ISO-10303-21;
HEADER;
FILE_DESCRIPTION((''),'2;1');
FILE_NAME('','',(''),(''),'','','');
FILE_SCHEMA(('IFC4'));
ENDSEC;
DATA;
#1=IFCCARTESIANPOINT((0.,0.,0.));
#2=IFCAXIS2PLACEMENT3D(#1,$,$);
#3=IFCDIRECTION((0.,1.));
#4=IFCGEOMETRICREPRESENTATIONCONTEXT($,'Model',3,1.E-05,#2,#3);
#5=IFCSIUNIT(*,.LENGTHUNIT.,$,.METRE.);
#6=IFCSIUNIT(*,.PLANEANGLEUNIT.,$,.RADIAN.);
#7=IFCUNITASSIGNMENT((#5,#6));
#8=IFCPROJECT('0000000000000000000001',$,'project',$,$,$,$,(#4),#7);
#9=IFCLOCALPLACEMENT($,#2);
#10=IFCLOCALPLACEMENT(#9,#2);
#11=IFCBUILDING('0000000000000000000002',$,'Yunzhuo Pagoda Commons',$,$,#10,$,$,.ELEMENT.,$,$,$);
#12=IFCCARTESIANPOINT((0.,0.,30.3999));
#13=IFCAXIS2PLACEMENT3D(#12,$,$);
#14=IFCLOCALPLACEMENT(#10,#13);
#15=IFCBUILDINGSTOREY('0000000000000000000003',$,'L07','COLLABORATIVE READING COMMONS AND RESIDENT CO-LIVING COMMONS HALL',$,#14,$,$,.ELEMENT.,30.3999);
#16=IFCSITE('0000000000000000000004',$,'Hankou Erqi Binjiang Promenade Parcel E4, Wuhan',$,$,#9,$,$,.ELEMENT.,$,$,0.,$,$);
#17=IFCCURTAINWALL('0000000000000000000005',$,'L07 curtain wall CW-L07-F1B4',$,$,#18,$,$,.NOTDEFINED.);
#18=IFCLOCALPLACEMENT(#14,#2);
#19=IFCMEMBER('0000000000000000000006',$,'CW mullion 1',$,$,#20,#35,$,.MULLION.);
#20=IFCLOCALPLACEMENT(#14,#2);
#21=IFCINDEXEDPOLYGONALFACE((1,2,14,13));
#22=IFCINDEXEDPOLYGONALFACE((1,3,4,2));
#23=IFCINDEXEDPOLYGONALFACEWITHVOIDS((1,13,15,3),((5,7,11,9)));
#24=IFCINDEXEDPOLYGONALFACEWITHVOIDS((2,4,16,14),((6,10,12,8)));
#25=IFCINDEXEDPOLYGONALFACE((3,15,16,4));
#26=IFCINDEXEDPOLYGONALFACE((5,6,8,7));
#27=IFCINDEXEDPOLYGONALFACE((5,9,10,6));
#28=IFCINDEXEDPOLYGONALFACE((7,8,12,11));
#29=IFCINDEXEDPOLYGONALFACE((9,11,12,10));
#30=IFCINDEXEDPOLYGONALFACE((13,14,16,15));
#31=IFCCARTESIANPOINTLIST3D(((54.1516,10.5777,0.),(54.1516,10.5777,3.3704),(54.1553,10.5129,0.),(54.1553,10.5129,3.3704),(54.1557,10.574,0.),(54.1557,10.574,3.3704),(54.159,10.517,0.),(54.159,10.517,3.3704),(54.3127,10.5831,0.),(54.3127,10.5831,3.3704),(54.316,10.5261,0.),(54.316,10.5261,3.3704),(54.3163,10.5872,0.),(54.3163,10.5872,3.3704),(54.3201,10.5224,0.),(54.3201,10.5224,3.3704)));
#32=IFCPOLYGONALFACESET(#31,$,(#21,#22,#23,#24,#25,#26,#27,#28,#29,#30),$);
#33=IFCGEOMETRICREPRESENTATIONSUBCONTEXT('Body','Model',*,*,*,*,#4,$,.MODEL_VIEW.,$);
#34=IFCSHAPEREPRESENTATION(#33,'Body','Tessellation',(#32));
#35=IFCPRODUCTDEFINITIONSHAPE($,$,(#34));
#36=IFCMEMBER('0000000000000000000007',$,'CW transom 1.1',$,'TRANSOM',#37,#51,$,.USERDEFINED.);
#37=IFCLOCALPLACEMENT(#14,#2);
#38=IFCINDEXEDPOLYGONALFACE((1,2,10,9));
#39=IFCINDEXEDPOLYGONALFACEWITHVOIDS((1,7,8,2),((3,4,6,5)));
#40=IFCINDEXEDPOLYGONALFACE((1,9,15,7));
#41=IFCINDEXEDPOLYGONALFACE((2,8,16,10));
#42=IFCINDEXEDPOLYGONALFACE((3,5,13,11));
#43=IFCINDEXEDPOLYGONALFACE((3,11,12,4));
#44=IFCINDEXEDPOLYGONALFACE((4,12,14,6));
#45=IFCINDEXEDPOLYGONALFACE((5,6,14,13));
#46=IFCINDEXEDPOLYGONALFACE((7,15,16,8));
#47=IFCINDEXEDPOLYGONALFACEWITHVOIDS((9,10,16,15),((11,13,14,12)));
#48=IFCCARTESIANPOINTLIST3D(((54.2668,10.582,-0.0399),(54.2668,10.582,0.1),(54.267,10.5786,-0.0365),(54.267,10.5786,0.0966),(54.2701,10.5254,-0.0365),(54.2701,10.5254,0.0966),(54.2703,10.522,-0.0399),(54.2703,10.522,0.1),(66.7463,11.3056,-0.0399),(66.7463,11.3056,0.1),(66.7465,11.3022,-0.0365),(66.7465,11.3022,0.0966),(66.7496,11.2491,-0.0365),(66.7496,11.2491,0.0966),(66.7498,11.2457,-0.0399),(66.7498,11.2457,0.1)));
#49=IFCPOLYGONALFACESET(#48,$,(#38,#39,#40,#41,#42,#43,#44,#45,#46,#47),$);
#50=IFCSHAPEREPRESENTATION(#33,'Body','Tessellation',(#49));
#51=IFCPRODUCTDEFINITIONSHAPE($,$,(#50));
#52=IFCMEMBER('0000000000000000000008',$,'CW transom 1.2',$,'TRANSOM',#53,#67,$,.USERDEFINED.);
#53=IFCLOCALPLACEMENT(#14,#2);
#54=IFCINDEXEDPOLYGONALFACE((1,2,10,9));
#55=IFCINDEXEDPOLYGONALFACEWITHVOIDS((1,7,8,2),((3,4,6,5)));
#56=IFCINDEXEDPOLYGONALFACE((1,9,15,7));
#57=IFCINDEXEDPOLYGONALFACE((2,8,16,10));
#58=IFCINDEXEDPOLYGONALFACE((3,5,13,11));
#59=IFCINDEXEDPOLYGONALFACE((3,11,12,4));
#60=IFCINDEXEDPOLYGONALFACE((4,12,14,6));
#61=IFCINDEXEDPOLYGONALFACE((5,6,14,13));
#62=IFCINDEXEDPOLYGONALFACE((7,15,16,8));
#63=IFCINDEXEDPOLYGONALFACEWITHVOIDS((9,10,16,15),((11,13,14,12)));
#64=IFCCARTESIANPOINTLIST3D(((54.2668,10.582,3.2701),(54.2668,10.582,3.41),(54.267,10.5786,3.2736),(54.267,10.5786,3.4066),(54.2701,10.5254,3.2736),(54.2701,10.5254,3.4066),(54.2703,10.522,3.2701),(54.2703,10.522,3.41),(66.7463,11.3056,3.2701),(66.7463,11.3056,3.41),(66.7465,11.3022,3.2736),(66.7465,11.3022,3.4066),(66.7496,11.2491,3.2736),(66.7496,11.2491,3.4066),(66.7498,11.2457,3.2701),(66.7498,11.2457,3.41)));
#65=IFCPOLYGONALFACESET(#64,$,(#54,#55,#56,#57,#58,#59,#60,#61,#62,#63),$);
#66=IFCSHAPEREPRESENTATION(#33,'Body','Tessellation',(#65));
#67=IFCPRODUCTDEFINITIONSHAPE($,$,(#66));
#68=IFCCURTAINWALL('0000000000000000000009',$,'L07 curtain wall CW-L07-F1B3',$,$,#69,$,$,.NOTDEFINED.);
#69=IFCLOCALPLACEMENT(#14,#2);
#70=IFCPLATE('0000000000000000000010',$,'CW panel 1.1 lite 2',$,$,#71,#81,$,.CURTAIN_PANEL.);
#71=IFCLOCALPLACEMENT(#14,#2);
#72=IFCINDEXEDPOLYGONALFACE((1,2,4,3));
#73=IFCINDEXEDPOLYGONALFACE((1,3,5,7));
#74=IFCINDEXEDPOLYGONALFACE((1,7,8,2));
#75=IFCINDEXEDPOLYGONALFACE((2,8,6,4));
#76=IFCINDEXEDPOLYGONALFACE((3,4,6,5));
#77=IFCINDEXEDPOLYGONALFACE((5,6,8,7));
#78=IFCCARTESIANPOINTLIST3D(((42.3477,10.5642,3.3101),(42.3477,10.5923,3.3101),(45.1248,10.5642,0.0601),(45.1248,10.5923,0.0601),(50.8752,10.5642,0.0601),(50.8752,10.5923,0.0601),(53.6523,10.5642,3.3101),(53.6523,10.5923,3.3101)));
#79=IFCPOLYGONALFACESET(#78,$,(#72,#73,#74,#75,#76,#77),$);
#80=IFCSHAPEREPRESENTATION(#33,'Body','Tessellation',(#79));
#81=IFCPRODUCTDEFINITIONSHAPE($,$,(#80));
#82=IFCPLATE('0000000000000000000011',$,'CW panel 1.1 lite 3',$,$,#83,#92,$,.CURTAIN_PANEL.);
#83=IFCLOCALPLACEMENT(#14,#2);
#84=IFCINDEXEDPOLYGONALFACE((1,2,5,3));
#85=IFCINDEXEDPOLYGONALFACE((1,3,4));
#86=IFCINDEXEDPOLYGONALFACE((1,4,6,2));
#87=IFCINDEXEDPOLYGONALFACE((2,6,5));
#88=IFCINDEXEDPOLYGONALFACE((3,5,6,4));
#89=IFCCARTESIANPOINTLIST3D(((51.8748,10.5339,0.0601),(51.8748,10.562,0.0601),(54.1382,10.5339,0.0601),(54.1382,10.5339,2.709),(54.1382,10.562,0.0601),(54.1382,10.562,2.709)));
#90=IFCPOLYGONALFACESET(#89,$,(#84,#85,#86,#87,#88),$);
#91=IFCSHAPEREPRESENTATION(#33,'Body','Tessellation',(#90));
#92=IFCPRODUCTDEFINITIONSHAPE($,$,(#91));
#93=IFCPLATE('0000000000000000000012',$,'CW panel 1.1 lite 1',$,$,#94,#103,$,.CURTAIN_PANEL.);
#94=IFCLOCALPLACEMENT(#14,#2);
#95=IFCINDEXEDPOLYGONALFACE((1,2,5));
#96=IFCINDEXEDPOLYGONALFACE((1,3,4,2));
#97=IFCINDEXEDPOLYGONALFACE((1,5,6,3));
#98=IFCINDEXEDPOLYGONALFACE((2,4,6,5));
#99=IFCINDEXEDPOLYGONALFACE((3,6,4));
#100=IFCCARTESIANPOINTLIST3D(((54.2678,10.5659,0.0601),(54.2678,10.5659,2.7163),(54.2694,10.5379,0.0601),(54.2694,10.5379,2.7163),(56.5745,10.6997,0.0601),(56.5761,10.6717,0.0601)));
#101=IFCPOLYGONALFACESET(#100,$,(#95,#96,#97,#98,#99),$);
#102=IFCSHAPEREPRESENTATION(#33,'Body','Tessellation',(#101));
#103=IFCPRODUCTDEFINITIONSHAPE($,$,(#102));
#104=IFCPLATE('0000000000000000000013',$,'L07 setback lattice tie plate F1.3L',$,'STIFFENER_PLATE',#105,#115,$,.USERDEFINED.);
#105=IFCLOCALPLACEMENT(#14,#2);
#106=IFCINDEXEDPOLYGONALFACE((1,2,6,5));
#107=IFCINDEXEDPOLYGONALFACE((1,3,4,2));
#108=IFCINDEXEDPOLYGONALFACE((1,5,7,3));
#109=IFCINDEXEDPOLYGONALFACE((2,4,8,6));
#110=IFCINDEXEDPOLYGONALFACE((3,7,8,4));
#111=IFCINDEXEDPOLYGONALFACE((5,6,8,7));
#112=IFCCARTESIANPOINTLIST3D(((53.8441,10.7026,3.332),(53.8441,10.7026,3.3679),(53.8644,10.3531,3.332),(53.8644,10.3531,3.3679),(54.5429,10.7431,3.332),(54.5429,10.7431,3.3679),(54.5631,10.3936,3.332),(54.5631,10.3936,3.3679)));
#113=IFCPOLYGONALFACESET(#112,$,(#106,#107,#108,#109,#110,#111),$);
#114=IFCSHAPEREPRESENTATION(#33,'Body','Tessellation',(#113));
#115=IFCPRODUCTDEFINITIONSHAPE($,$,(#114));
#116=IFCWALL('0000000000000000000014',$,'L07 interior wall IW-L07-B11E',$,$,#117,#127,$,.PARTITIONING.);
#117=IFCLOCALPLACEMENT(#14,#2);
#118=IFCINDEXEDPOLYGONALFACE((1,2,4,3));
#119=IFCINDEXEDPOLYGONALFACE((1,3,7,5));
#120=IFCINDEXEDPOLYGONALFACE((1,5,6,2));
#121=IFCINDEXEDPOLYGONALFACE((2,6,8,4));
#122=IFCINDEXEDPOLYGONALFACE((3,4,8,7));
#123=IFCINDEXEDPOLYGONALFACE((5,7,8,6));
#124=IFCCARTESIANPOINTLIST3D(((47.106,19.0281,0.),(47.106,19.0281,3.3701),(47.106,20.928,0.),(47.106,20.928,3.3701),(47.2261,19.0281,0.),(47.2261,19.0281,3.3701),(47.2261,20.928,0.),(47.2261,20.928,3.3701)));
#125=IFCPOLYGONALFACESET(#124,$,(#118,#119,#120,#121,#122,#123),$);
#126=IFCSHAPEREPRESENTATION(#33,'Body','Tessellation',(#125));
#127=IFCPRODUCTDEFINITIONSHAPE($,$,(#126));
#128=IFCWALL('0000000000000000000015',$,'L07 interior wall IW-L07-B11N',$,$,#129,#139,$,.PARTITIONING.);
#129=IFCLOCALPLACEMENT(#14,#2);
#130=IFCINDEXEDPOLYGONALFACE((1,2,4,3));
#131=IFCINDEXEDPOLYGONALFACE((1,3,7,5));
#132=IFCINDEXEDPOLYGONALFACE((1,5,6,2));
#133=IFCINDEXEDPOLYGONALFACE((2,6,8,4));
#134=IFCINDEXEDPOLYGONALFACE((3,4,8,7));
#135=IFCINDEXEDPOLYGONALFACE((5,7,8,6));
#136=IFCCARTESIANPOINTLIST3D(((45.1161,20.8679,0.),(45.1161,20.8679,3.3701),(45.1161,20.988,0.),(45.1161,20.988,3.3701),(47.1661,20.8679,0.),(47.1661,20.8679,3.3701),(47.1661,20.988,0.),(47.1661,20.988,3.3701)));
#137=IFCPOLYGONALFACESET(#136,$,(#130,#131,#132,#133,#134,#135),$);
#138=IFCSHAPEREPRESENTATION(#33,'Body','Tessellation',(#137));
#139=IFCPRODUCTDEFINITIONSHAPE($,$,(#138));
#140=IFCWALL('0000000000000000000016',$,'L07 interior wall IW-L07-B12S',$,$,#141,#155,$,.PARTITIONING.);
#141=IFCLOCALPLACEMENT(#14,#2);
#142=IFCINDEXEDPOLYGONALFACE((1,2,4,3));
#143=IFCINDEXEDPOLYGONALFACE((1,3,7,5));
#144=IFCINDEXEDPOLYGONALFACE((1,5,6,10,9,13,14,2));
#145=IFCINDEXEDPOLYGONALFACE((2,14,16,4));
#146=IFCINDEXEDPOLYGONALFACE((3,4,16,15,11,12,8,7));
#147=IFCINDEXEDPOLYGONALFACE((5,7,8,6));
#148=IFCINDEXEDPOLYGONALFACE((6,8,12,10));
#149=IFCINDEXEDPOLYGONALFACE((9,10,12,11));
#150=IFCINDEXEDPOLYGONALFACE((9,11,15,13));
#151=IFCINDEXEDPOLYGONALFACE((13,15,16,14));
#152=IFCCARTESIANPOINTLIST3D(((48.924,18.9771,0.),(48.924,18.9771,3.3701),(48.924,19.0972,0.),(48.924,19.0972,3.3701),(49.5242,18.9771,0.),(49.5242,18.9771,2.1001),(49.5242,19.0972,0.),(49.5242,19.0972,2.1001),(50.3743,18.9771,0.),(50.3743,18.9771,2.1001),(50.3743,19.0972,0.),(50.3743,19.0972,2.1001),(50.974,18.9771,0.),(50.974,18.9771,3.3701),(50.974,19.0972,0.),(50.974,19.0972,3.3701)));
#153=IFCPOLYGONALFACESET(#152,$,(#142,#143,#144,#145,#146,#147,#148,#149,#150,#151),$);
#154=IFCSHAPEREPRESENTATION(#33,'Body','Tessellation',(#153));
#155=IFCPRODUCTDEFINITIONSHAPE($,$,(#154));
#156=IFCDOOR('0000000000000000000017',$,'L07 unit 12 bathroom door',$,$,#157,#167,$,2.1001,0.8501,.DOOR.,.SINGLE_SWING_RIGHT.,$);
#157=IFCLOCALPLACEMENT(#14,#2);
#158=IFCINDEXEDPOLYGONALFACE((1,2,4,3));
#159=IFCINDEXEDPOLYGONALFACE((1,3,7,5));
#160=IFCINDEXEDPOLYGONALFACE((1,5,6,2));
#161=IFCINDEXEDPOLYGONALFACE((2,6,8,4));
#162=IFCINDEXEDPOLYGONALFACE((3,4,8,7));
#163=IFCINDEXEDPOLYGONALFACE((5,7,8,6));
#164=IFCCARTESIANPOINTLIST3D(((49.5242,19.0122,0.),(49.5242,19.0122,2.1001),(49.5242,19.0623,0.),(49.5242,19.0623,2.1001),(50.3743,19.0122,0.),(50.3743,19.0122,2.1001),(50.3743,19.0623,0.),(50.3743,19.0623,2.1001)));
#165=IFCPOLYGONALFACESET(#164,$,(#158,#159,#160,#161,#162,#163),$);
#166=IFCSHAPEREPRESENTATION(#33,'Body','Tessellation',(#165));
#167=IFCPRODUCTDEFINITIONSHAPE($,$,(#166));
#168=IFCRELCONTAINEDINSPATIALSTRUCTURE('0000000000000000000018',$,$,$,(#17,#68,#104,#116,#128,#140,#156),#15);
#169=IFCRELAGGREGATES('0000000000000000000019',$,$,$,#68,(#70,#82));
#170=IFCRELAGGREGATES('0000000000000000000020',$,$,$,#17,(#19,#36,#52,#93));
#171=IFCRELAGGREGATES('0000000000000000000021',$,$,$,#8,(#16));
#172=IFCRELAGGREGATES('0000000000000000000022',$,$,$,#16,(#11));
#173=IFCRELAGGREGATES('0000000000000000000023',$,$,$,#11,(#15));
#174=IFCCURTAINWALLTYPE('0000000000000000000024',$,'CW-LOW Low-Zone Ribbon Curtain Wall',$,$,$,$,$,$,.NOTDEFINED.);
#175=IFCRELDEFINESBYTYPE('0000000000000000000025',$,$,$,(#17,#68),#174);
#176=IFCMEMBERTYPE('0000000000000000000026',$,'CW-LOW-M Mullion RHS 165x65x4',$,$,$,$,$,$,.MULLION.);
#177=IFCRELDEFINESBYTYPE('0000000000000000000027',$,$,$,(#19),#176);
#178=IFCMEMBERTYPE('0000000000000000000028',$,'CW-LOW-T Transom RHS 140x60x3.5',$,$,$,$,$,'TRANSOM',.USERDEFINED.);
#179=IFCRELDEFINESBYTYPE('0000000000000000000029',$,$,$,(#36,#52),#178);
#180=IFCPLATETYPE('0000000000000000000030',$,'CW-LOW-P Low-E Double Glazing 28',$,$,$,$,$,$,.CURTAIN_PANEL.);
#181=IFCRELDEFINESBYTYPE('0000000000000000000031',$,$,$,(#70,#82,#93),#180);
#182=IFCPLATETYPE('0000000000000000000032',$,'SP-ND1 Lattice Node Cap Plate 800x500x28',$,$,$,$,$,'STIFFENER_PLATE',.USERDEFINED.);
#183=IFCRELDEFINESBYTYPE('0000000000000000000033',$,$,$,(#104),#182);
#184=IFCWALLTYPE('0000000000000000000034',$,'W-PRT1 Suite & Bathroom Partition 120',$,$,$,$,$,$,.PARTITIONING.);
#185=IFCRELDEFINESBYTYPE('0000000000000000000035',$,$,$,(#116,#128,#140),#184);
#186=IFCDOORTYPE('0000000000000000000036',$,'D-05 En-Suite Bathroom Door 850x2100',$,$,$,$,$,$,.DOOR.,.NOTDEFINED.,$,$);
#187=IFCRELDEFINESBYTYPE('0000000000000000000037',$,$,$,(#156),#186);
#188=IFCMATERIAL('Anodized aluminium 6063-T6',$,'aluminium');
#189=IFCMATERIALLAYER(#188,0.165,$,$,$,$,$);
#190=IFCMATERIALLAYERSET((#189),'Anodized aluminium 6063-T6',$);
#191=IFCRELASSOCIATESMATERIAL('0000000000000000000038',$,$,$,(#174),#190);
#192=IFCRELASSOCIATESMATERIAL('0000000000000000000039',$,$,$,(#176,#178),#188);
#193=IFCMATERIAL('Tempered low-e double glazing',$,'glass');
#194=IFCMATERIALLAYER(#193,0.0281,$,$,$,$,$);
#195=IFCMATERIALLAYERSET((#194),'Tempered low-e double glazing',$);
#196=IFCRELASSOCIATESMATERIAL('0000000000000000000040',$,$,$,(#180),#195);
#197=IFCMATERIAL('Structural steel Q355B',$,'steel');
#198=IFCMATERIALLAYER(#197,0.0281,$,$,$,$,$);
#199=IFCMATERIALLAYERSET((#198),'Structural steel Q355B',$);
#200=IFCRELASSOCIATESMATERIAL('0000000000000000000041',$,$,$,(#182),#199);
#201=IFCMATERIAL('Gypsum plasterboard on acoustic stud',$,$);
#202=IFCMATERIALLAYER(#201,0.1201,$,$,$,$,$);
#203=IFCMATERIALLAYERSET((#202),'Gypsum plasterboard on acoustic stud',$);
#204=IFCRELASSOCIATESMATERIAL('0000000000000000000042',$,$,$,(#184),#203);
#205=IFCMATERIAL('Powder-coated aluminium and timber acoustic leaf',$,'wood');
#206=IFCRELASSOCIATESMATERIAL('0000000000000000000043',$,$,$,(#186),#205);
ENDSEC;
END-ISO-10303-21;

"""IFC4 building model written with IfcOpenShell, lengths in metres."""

from ifc_helpers import new_model, si_unit, direction, frame, frame_2d, origin, origin_2d, place, context, subcontext, project, spatial, polyline, rectangle, hollow_rectangle, outline, extrude, source, transform, mapped, material, layer, layer_set, material_profile, profile_set, type_object, element, fill, aggregate, save


model = new_model("IFC4")

# Units and contexts
model_context = context("Model", 3, precision=1e-05, world=origin(), true_north=direction((0.0, 1.0)))
body_context = subcontext(model_context, "Body", "Model", "MODEL_VIEW")
ifc_project = project(units=[si_unit("LENGTHUNIT", "METRE"), si_unit("PLANEANGLEUNIT", "RADIAN")], contexts=[model_context])

# Site, building, storey
site_placement = place(None, origin())
site = spatial("IfcSite", under=ifc_project, at=site_placement, Name="Hankou Erqi Binjiang Promenade Parcel E4, Wuhan", CompositionType="ELEMENT", RefElevation=0.0)
building_placement = place(site_placement, origin())
building = spatial("IfcBuilding", under=site, at=building_placement, Name="Yunzhuo Pagoda Commons", CompositionType="ELEMENT")
storey_placement = place(building_placement, frame((0.0, 0.0, 30.3999)))
storey = spatial("IfcBuildingStorey", under=building, at=storey_placement, Name="L07", Description="COLLABORATIVE READING COMMONS AND RESIDENT CO-LIVING COMMONS HALL", CompositionType="ELEMENT", Elevation=30.3999)

# Shared definitions
ifc_material_1 = material(Name="Structural steel Q355B", Category="steel")

# Curtain wall, members
ifc_material_2 = material(Name="Anodized aluminium 6063-T6", Category="aluminium")
ifc_layer_1 = layer(ifc_material_2, 0.165)
ifc_layer_set_1 = layer_set([ifc_layer_1], Name="Anodized aluminium 6063-T6")
curtain_wall_type = type_object("IfcCurtainWallType", Name="CW-LOW Low-Zone Ribbon Curtain Wall", PredefinedType="NOTDEFINED", material=ifc_layer_set_1)
curtain_wall_1_placement = place(storey_placement, origin())
curtain_wall_1 = element("IfcCurtainWall", 1, at=curtain_wall_1_placement, inside=storey, type_object=curtain_wall_type, Name="L07 curtain wall CW-L07-F1B4", PredefinedType="NOTDEFINED")
ifc_material_profile_1 = material_profile(ifc_material_2, hollow_rectangle(XDim=0.0649, YDim=0.165, WallThickness=0.0039, at=origin_2d()), Name="Anodized aluminium 6063-T6")
ifc_profile_set_1 = profile_set([ifc_material_profile_1], Name="Anodized aluminium 6063-T6")
member_type_1 = type_object("IfcMemberType", Name="CW-LOW-M Mullion RHS 165x65x4", PredefinedType="MULLION", material=ifc_profile_set_1)
shared_shape_1 = source(origin(), body_context, "Body", "SweptSolid", [
    extrude(hollow_rectangle(XDim=0.0649, YDim=0.165, WallThickness=0.0039, at=origin_2d()), origin(), (0.0, 0.0, 1.0), 3.3704),
])
member_1_placement = place(storey_placement, frame((54.2358, 10.55, 0.0), z_axis=(0.0, 0.0, 1.0), x_axis=(-0.057899, 0.998322, 0.0)))
member_1 = element("IfcMember", 2, at=member_1_placement, type_object=member_type_1, Name="CW mullion 1", PredefinedType="MULLION", context=body_context, shape_type="MappedRepresentation", body=[
    mapped(shared_shape_1, transform((0.0, 0.0, 0.0), scale=1.0)),
])
ifc_material_profile_2 = material_profile(ifc_material_2, hollow_rectangle(XDim=0.0601, YDim=0.1399, WallThickness=0.0034, at=origin_2d()), Name="Anodized aluminium 6063-T6")
ifc_profile_set_2 = profile_set([ifc_material_profile_2], Name="Anodized aluminium 6063-T6")
member_type_2 = type_object("IfcMemberType", Name="CW-LOW-T Transom RHS 140x60x3.5", ElementType="TRANSOM", PredefinedType="USERDEFINED", material=ifc_profile_set_2)
shared_shape_2 = source(origin(), body_context, "Body", "SweptSolid", [
    extrude(hollow_rectangle(XDim=0.0601, YDim=0.1399, WallThickness=0.0034, at=origin_2d()), origin(), (0.0, 0.0, 1.0), 12.5005),
])
member_2_placement = place(storey_placement, frame((54.2686, 10.552, 0.03), z_axis=(0.998323, 0.057889, 0.0), x_axis=(-0.057889, 0.998323, 0.0)))
member_2 = element("IfcMember", 3, at=member_2_placement, type_object=member_type_2, Name="CW transom 1.1", ObjectType="TRANSOM", PredefinedType="USERDEFINED", context=body_context, shape_type="MappedRepresentation", body=[
    mapped(shared_shape_2, transform((0.0, 0.0, 0.0), scale=1.0)),
])
member_3_placement = place(storey_placement, frame((54.2686, 10.552, 3.3401), z_axis=(0.998323, 0.057889, 0.0), x_axis=(-0.057889, 0.998323, 0.0)))
member_3 = element("IfcMember", 4, at=member_3_placement, type_object=member_type_2, Name="CW transom 1.2", ObjectType="TRANSOM", PredefinedType="USERDEFINED", context=body_context, shape_type="MappedRepresentation", body=[
    mapped(shared_shape_2, transform((0.0, 0.0, 0.0), scale=1.0)),
])

# Curtain wall, plates
curtain_wall_2_placement = place(storey_placement, origin())
curtain_wall_2 = element("IfcCurtainWall", 5, at=curtain_wall_2_placement, inside=storey, type_object=curtain_wall_type, Name="L07 curtain wall CW-L07-F1B3", PredefinedType="NOTDEFINED")
ifc_material_3 = material(Name="Tempered low-e double glazing", Category="glass")
ifc_layer_2 = layer(ifc_material_3, 0.0281)
ifc_layer_set_2 = layer_set([ifc_layer_2], Name="Tempered low-e double glazing")
plate_type_1 = type_object("IfcPlateType", Name="CW-LOW-P Low-E Double Glazing 28", PredefinedType="CURTAIN_PANEL", material=ifc_layer_set_2)
plate_1_placement = place(storey_placement, frame((48.0, 10.5923, 1.6851), z_axis=(0.0, -1.0, 0.0), x_axis=(1.0, 0.0, 0.0)))
plate_1 = element("IfcPlate", 6, at=plate_1_placement, type_object=plate_type_1, Name="CW panel 1.1 lite 2", PredefinedType="CURTAIN_PANEL", context=body_context, shape_type="SweptSolid", body=[
    extrude(outline(polyline([(-5.6523, 1.625), (-2.8752, -1.625), (2.8752, -1.625), (5.6523, 1.625), (-5.6523, 1.625)])), origin(), (0.0, 0.0, 1.0), 0.0281),
])
plate_2_placement = place(storey_placement, frame((53.0066, 10.562, 1.3845), z_axis=(0.0, -1.0, 0.0), x_axis=(1.0, 0.0, 0.0)))
plate_2 = element("IfcPlate", 7, at=plate_2_placement, type_object=plate_type_1, Name="CW panel 1.1 lite 3", PredefinedType="CURTAIN_PANEL", context=body_context, shape_type="SweptSolid", body=[
    extrude(outline(polyline([(-1.1318, -1.3245), (1.1316, -1.3245), (1.1316, 1.3245), (-1.1318, -1.3245)])), origin(), (0.0, 0.0, 1.0), 0.0281),
])
aggregate(curtain_wall_2, [plate_1, plate_2])

# Plates
plate_3_placement = place(storey_placement, frame((55.4211, 10.6328, 1.3882), z_axis=(0.057899, -0.998322, 0.0), x_axis=(0.998322, 0.057899, 0.0)))
plate_3 = element("IfcPlate", 8, at=plate_3_placement, type_object=plate_type_1, Name="CW panel 1.1 lite 1", PredefinedType="CURTAIN_PANEL", context=body_context, shape_type="SweptSolid", body=[
    extrude(outline(polyline([(-1.1553, -1.3281), (1.1553, -1.3281), (-1.1553, 1.3281), (-1.1553, -1.3281)])), origin(), (0.0, 0.0, 1.0), 0.0281),
])
aggregate(curtain_wall_1, [member_1, member_2, member_3, plate_3])
ifc_layer_3 = layer(ifc_material_1, 0.0281)
ifc_layer_set_3 = layer_set([ifc_layer_3], Name="Structural steel Q355B")
plate_type_2 = type_object("IfcPlateType", Name="SP-ND1 Lattice Node Cap Plate 800x500x28", ElementType="STIFFENER_PLATE", PredefinedType="USERDEFINED", material=ifc_layer_set_3)
shared_shape_3 = source(origin(), body_context, "Body", "SweptSolid", [
    extrude(rectangle(XDim=0.7, YDim=0.3501, at=origin_2d()), origin(), (0.0, 0.0, 1.0), 0.0359),
])
plate_4_placement = place(storey_placement, frame((54.2036, 10.5481, 3.332), z_axis=(0.0, 0.0, 1.0), x_axis=(0.998323, 0.057895, 0.0)))
element("IfcPlate", 9, at=plate_4_placement, inside=storey, type_object=plate_type_2, Name="L07 setback lattice tie plate F1.3L", ObjectType="STIFFENER_PLATE", PredefinedType="USERDEFINED", context=body_context, shape_type="MappedRepresentation", body=[
    mapped(shared_shape_3, transform((0.0, 0.0, 0.0), scale=1.0)),
])

# Walls
ifc_material_4 = material(Name="Gypsum plasterboard on acoustic stud")
ifc_layer_4 = layer(ifc_material_4, 0.1201)
ifc_layer_set_4 = layer_set([ifc_layer_4], Name="Gypsum plasterboard on acoustic stud")
wall_type = type_object("IfcWallType", Name="W-PRT1 Suite & Bathroom Partition 120", PredefinedType="PARTITIONING", material=ifc_layer_set_4)
wall_1_placement = place(storey_placement, frame((47.166, 19.0281, 0.0), z_axis=(0.0, 0.0, 1.0), x_axis=(0.0, 1.0, 0.0)))
element("IfcWall", 10, at=wall_1_placement, inside=storey, type_object=wall_type, Name="L07 interior wall IW-L07-B11E", PredefinedType="PARTITIONING", context=body_context, shape_type="SweptSolid", body=[
    extrude(rectangle(XDim=1.8999, YDim=0.1201, at=frame_2d((0.95, 0.0))), origin(), (0.0, 0.0, 1.0), 3.3701),
])
wall_2_placement = place(storey_placement, frame((47.166, 20.928, 0.0), z_axis=(0.0, 0.0, 1.0), x_axis=(-1.0, 0.0, 0.0)))
element("IfcWall", 11, at=wall_2_placement, inside=storey, type_object=wall_type, Name="L07 interior wall IW-L07-B11N", PredefinedType="PARTITIONING", context=body_context, shape_type="SweptSolid", body=[
    extrude(rectangle(XDim=2.05, YDim=0.1201, at=frame_2d((1.0249, 0.0))), origin(), (0.0, 0.0, 1.0), 3.3701),
])

# Wall, opening, door
wall_3_placement = place(storey_placement, frame((48.9241, 19.0371, 0.0), z_axis=(0.0, 0.0, 1.0), x_axis=(1.0, 0.0, 0.0)))
wall_3 = element("IfcWall", 12, at=wall_3_placement, inside=storey, type_object=wall_type, Name="L07 interior wall IW-L07-B12S", PredefinedType="PARTITIONING", context=body_context, shape_type="SweptSolid", body=[
    extrude(rectangle(XDim=2.05, YDim=0.1201, at=frame_2d((1.0249, 0.0))), origin(), (0.0, 0.0, 1.0), 3.3701),
])
opening_1_placement = place(wall_3_placement, frame((0.6001, 0.0, 0.0)))
opening_1 = element("IfcOpeningElement", 13, at=opening_1_placement, cuts=wall_3, PredefinedType="OPENING", context=body_context, shape_type="SweptSolid", body=[
    extrude(rectangle(XDim=0.8501, YDim=2.1001, at=frame_2d((0.425, 1.05))), frame((0.0, 0.0701, 0.0), z_axis=(0.0, -1.0, 0.0), x_axis=(1.0, 0.0, 0.0)), (0.0, 0.0, 1.0), 0.1401),
])
ifc_material_5 = material(Name="Powder-coated aluminium and timber acoustic leaf", Category="wood")
door_type_1 = type_object("IfcDoorType", Name="D-05 En-Suite Bathroom Door 850x2100", OperationType="NOTDEFINED", PredefinedType="DOOR", material=ifc_material_5)
shared_shape_4 = source(origin(), body_context, "Body", "SweptSolid", [
    extrude(rectangle(XDim=0.8501, YDim=2.1001, at=frame_2d((0.425, 1.05))), frame((0.0, 0.0249, 0.0), z_axis=(0.0, -1.0, 0.0), x_axis=(1.0, 0.0, 0.0)), (0.0, 0.0, 1.0), 0.05),
])
door_1_placement = place(opening_1_placement, frame((0.8501, 0.0, 0.0), z_axis=(0.0, 0.0, 1.0), x_axis=(-1.0, 0.0, 0.0)))
door_1 = element("IfcDoor", 14, at=door_1_placement, inside=storey, type_object=door_type_1, Name="L07 unit 12 bathroom door", OperationType="SINGLE_SWING_RIGHT", OverallHeight=2.1001, OverallWidth=0.8501, PredefinedType="DOOR", context=body_context, shape_type="MappedRepresentation", body=[
    mapped(shared_shape_4, transform((0.0, 0.0, 0.0), scale=1.0)),
])
fill(opening_1, door_1)

save(model, "model.ifc")
